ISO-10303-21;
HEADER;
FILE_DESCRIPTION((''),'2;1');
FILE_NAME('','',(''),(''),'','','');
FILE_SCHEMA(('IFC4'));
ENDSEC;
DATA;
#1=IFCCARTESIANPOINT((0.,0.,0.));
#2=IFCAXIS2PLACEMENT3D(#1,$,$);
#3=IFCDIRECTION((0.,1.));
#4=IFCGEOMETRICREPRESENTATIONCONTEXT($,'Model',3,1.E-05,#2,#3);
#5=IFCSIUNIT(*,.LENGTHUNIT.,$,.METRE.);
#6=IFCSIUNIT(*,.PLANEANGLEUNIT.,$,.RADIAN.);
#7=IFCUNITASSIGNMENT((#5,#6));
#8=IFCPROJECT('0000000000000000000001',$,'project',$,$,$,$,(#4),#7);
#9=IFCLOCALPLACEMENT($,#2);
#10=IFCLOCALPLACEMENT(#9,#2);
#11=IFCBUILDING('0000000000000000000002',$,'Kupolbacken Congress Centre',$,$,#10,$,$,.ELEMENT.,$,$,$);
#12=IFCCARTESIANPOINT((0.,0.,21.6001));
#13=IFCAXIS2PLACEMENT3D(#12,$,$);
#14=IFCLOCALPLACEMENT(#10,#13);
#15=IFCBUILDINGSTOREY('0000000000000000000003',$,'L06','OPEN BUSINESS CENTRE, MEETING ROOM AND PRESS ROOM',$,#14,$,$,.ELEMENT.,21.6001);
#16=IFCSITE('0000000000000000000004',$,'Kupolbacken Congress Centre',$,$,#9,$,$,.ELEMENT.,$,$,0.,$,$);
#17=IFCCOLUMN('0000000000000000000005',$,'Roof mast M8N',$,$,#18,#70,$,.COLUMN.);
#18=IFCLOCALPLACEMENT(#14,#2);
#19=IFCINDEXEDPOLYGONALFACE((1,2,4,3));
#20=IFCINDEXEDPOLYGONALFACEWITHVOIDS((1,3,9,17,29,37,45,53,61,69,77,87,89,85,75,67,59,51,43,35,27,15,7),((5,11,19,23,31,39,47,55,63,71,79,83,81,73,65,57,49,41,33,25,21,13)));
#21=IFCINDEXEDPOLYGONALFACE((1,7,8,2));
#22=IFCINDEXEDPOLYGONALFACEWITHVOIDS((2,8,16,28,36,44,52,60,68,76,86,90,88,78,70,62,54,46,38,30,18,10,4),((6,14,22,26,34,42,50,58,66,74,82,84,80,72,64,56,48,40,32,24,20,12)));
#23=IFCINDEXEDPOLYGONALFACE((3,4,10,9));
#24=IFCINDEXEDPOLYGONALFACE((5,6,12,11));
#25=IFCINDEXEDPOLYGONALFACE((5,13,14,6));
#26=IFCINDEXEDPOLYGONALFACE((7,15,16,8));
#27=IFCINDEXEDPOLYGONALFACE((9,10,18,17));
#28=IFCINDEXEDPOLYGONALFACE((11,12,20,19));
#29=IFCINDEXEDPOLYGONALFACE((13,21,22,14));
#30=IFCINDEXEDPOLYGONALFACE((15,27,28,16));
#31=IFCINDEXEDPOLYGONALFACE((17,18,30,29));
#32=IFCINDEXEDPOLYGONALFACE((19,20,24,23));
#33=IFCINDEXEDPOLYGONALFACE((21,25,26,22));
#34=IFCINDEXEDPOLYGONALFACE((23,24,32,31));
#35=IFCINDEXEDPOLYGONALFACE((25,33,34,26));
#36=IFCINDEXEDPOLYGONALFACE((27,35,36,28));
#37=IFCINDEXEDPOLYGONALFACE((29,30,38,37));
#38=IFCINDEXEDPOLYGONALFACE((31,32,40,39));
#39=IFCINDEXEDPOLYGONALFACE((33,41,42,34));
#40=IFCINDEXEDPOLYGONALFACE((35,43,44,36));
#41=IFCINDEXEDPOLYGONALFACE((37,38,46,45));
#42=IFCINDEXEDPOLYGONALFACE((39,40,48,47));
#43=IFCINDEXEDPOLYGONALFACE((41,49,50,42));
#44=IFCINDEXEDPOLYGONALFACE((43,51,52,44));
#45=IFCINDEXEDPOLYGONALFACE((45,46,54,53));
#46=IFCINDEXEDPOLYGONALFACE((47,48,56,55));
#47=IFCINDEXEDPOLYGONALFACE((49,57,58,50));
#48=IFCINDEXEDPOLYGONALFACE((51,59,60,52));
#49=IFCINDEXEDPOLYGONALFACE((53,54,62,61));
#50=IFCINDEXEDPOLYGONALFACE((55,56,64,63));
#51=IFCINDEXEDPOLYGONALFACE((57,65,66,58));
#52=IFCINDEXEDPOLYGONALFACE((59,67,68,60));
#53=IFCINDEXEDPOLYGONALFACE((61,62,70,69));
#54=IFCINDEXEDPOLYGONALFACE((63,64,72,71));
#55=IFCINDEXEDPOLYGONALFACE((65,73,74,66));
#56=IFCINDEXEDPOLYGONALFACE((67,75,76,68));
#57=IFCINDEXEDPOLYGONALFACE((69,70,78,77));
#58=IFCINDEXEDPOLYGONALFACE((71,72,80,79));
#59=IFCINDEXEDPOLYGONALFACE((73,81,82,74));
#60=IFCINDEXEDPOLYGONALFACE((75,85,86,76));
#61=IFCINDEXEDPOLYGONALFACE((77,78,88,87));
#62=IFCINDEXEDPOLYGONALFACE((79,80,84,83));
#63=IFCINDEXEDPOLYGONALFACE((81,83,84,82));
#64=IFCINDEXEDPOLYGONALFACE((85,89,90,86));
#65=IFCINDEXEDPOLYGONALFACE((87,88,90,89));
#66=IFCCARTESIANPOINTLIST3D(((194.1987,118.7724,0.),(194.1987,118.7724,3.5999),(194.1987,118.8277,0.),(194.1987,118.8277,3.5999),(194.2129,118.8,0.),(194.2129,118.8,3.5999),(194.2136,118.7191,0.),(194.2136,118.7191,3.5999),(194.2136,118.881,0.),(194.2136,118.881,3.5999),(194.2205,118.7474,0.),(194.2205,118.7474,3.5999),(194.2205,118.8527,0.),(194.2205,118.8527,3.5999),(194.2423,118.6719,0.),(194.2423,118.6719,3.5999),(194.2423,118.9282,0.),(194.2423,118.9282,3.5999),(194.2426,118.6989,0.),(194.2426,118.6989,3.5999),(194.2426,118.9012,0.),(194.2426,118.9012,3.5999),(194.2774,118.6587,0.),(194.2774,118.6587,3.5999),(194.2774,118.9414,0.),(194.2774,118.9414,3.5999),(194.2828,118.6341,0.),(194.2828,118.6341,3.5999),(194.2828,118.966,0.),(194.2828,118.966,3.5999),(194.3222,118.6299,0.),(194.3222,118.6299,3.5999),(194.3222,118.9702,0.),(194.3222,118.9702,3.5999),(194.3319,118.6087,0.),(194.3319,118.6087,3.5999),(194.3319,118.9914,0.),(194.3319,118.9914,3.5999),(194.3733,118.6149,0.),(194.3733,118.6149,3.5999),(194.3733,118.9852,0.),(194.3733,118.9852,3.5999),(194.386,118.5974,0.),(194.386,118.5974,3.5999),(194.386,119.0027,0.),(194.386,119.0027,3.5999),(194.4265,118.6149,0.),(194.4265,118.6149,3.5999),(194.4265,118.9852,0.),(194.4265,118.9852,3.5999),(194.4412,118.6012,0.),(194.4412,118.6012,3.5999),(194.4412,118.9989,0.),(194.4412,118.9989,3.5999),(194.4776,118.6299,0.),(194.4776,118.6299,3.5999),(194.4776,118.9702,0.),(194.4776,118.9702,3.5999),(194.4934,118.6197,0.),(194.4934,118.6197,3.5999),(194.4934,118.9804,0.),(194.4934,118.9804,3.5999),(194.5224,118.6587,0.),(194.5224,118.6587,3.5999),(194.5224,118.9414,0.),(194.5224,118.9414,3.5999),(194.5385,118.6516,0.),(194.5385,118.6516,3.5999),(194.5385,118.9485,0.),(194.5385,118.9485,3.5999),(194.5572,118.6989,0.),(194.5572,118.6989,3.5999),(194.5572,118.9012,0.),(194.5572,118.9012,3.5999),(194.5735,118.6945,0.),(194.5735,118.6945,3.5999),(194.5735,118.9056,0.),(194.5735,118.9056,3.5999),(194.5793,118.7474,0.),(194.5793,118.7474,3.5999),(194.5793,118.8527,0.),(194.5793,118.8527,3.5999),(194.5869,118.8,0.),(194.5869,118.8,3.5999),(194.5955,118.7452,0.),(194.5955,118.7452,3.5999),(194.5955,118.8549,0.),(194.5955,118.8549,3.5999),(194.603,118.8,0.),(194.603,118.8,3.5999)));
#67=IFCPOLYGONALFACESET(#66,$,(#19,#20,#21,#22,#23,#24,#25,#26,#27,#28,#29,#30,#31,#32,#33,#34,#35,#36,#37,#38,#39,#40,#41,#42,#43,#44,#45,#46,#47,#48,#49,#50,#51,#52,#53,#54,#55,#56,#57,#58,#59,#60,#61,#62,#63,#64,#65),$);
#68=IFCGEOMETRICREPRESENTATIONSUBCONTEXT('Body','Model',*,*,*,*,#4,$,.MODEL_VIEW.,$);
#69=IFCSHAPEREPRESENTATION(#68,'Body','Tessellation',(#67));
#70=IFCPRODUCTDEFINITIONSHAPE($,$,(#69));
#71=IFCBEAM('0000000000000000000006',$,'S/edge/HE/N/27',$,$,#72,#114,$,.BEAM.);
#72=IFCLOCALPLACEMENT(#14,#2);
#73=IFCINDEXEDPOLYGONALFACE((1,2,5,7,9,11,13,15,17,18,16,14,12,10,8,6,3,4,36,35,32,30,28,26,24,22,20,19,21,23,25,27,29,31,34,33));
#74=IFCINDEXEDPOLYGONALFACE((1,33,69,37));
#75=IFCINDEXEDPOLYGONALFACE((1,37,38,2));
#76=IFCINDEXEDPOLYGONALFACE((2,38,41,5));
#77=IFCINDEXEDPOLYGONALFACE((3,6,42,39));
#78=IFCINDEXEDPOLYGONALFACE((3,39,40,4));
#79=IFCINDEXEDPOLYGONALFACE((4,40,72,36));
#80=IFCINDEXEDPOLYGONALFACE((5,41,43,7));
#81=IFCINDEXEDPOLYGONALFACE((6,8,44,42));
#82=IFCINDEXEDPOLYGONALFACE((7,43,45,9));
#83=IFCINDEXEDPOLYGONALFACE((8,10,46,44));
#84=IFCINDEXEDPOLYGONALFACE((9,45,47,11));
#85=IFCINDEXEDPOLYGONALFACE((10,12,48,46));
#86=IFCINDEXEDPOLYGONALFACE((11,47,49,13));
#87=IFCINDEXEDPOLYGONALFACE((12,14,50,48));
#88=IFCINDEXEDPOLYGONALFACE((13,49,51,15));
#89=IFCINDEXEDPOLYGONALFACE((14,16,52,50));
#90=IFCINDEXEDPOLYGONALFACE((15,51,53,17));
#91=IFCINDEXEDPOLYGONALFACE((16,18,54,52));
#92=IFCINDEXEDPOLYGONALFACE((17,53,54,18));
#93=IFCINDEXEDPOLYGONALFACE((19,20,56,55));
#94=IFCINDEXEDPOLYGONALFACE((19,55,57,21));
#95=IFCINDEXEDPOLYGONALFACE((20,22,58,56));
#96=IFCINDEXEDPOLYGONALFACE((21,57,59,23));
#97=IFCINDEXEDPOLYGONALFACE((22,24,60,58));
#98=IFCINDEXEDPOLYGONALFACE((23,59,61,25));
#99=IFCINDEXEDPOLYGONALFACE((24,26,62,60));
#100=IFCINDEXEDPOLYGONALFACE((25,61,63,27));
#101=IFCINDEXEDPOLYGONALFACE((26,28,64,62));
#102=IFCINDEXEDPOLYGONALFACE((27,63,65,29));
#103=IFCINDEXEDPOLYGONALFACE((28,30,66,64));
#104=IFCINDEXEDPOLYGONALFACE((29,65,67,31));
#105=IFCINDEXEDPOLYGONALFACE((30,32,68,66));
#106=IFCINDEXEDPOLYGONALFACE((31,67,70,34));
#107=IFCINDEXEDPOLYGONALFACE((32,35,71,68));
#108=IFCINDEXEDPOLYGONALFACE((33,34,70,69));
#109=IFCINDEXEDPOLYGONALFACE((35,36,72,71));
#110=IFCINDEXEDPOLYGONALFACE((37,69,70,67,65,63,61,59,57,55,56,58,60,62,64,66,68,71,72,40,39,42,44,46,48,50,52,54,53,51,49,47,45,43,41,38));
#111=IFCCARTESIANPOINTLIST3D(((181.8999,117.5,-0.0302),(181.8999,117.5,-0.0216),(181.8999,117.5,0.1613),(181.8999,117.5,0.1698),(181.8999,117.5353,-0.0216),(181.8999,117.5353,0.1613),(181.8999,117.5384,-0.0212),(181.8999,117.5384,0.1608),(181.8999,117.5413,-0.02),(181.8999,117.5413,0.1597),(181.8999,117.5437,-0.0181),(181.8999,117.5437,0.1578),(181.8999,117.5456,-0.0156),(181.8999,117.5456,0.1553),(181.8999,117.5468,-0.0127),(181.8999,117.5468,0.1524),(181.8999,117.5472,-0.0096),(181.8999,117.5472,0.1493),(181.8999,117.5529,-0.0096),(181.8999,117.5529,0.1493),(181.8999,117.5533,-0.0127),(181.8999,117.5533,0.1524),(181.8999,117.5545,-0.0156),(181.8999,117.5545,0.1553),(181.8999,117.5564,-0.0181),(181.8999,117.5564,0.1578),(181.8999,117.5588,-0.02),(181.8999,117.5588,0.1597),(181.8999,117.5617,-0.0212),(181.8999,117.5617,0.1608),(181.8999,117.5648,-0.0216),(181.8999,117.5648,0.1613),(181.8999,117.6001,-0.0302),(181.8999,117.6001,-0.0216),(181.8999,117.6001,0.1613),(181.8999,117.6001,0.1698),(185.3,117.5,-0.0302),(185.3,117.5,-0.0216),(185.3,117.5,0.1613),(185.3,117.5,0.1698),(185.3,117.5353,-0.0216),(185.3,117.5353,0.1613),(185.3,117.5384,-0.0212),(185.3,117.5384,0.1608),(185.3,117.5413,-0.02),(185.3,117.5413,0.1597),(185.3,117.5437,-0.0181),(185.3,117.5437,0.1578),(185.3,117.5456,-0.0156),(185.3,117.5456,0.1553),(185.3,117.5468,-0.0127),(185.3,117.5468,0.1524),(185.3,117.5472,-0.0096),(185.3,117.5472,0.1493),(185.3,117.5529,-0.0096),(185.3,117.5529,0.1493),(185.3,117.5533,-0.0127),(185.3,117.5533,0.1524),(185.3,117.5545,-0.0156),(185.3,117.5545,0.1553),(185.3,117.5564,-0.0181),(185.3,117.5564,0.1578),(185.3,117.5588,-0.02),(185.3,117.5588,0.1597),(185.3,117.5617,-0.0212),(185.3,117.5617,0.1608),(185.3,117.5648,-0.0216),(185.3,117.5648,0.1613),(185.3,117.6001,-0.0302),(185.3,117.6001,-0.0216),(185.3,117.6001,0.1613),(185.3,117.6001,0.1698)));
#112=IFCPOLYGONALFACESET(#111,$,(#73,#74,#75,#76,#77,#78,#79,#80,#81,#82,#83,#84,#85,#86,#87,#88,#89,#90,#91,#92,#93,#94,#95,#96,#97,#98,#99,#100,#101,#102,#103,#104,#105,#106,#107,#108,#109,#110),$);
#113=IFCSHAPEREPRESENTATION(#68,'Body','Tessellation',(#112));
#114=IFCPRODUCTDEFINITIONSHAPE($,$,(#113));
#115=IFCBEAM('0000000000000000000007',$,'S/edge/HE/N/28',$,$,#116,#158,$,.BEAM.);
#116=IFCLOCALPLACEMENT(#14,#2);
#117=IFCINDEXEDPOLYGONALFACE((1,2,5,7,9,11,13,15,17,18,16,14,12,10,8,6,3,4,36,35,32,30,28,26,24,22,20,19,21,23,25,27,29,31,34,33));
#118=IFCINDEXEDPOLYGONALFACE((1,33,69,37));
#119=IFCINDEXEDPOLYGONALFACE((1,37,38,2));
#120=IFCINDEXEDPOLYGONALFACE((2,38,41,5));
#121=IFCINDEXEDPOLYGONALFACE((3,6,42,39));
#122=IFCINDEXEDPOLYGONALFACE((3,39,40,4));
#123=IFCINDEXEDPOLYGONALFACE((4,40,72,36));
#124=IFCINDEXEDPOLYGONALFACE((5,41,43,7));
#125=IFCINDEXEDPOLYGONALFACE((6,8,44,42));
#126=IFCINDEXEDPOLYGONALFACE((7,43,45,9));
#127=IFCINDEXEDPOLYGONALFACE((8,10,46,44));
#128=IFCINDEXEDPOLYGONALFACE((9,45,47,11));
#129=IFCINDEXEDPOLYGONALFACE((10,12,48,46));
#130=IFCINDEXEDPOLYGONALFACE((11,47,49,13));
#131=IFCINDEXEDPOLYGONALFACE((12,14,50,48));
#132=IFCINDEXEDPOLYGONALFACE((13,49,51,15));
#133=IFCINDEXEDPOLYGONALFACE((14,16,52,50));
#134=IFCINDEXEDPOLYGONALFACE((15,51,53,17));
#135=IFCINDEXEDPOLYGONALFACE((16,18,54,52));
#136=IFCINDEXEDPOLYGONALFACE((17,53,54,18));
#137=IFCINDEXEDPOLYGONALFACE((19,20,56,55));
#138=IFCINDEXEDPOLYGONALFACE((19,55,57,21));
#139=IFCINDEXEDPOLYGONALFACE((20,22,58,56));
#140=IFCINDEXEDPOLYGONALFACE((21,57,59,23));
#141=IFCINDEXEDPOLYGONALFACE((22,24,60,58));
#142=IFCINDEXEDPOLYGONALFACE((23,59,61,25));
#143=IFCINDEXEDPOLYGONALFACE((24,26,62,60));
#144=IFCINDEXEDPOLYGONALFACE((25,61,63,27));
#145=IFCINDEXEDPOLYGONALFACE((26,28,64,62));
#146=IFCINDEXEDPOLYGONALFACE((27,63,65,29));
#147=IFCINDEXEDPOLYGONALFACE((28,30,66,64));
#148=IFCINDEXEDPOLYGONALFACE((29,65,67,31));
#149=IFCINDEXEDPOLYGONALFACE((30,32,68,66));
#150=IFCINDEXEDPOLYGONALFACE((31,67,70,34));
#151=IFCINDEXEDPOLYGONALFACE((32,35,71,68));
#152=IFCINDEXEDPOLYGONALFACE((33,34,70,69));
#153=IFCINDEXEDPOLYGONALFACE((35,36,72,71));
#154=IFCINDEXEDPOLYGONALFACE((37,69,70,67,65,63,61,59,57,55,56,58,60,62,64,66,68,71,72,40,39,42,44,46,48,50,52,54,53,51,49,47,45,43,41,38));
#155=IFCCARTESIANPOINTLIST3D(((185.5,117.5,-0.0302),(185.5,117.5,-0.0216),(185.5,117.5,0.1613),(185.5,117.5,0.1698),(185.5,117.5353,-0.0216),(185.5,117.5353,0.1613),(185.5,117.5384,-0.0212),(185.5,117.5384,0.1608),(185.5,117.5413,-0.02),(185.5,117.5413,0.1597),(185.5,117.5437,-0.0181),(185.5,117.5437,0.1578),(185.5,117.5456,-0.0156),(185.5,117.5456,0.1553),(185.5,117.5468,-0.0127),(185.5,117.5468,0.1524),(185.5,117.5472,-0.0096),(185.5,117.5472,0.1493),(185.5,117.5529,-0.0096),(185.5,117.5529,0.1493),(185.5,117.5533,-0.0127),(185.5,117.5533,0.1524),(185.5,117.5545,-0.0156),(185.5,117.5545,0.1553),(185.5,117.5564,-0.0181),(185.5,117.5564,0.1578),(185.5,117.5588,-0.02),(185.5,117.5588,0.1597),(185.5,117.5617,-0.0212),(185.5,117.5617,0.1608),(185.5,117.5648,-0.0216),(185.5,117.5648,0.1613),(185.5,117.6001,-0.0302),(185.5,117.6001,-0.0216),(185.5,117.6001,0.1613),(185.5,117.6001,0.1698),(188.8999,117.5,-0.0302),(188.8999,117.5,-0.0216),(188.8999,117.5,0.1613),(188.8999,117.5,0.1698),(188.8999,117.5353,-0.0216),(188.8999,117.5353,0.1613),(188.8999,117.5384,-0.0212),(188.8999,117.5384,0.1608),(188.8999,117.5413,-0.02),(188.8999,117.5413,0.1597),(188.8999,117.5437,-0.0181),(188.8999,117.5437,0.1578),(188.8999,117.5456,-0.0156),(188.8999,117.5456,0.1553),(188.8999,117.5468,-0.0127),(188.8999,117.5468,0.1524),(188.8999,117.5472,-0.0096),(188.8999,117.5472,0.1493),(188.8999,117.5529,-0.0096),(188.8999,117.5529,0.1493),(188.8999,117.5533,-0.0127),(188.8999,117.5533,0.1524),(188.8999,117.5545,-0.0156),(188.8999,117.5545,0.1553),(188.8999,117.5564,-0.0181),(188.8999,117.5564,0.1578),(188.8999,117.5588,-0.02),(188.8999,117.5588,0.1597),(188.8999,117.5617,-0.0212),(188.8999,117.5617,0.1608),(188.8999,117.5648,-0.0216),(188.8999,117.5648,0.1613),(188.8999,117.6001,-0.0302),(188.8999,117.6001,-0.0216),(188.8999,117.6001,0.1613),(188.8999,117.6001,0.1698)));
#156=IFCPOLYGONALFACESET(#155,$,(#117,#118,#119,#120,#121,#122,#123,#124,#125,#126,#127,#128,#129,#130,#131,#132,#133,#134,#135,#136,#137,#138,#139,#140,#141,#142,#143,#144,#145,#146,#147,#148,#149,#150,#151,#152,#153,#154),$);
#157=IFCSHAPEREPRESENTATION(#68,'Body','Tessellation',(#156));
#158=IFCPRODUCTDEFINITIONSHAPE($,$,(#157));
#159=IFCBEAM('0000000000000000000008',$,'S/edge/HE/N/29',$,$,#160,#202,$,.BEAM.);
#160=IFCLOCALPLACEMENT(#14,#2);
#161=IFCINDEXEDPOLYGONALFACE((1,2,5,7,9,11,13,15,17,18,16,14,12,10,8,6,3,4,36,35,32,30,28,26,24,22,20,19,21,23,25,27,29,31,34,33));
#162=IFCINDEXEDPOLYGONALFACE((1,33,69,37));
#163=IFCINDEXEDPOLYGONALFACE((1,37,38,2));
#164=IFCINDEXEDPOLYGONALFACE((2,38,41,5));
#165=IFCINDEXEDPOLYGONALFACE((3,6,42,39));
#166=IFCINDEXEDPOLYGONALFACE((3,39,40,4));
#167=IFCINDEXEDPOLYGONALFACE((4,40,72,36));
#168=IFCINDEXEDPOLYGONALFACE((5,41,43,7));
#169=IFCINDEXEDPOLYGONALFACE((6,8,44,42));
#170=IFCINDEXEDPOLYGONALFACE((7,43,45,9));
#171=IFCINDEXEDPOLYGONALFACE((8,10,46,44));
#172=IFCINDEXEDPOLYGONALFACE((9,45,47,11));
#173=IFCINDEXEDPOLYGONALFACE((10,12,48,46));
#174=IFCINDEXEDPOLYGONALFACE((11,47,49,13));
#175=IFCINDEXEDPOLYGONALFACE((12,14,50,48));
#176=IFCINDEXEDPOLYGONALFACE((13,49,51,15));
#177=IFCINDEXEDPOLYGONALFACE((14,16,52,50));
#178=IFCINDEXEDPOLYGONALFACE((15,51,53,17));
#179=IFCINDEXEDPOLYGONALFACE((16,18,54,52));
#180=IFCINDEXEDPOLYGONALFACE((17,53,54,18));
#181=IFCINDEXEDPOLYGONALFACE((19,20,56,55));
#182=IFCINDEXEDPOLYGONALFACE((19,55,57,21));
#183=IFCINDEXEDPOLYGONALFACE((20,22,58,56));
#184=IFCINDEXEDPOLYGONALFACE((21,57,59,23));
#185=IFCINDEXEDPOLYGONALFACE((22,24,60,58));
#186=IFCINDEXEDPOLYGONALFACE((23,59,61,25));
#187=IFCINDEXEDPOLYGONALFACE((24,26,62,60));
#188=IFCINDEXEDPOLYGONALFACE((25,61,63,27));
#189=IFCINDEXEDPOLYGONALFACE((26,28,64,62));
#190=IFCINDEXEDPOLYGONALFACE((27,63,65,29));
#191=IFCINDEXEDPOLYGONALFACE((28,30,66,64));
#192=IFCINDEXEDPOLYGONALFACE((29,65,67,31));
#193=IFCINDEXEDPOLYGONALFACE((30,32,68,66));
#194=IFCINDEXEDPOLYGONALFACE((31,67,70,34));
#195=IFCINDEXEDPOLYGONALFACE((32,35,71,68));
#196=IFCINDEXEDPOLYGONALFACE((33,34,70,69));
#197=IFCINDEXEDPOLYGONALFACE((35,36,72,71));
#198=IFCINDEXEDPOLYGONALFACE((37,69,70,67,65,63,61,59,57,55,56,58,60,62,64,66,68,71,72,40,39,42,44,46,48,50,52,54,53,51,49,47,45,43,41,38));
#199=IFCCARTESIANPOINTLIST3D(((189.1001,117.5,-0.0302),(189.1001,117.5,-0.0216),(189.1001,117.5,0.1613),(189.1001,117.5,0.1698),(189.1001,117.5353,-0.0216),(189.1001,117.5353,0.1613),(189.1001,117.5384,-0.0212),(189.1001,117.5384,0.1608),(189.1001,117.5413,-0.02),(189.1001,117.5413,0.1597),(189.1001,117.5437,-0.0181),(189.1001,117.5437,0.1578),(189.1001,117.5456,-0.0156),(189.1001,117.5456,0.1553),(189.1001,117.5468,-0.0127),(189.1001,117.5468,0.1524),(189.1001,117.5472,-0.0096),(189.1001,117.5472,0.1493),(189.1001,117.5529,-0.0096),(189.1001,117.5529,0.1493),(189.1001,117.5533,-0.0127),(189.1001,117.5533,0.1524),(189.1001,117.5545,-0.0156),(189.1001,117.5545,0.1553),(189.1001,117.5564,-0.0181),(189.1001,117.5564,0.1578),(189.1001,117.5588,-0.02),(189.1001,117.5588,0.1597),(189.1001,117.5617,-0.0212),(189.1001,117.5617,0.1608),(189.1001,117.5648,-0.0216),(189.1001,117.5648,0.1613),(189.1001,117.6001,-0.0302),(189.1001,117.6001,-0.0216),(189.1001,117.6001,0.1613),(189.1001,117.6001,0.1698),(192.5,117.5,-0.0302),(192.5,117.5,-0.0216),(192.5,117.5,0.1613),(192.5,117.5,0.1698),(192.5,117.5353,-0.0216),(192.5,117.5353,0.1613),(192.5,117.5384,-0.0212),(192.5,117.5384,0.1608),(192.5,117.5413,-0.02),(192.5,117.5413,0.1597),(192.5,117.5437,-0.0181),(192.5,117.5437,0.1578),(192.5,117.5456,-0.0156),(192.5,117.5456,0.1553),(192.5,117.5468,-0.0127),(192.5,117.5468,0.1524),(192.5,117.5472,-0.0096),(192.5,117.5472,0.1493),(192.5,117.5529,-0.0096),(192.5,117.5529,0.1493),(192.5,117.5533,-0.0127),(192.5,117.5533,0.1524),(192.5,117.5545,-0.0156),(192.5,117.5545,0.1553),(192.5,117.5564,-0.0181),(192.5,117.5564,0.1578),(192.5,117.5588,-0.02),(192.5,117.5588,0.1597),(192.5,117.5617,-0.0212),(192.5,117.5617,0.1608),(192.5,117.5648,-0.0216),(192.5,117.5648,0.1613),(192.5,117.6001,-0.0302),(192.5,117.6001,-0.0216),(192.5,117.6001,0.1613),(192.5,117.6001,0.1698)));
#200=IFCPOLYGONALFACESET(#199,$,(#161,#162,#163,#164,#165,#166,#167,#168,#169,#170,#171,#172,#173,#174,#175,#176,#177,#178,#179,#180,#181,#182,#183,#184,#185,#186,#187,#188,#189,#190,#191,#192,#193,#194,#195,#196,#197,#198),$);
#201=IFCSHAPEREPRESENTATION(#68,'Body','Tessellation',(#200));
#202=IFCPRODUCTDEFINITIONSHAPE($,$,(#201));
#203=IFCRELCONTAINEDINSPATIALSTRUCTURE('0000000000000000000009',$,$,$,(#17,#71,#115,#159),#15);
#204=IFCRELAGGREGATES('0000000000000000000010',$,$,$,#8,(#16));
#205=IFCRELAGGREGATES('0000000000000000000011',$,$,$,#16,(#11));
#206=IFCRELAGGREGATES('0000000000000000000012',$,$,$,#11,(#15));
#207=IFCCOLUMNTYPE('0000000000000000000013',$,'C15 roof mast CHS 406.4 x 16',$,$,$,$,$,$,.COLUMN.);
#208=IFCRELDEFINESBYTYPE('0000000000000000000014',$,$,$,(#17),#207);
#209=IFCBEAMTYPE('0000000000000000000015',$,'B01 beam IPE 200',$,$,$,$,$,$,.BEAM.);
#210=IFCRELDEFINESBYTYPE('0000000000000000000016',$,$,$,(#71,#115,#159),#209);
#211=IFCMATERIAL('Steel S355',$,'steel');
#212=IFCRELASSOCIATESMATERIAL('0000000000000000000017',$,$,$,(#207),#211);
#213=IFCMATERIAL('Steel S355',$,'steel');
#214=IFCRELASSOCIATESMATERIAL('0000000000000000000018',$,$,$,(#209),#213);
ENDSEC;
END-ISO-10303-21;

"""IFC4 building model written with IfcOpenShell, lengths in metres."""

from ifc_helpers import new_model, si_unit, direction, frame, origin, origin_2d, place, context, subcontext, project, spatial, hollow_circle, i_section, extrude, material, material_profile, profile_set, type_object, element, save


model = new_model("IFC4")

# Units and contexts
model_context = context("Model", 3, precision=1e-05, world=origin(), true_north=direction((0.0, 1.0)))
body_context = subcontext(model_context, "Body", "Model", "MODEL_VIEW")
ifc_project = project(units=[si_unit("LENGTHUNIT", "METRE"), si_unit("PLANEANGLEUNIT", "RADIAN")], contexts=[model_context])

# Site, building, storey
site_placement = place(None, origin())
site = spatial("IfcSite", under=ifc_project, at=site_placement, Name="Kupolbacken Congress Centre", CompositionType="ELEMENT", RefElevation=0.0)
building_placement = place(site_placement, origin())
building = spatial("IfcBuilding", under=site, at=building_placement, Name="Kupolbacken Congress Centre", CompositionType="ELEMENT")
storey_placement = place(building_placement, frame((0.0, 0.0, 21.6001)))
storey = spatial("IfcBuildingStorey", under=building, at=storey_placement, Name="L06", Description="OPEN BUSINESS CENTRE, MEETING ROOM AND PRESS ROOM", CompositionType="ELEMENT", Elevation=21.6001)

# Column
ifc_material_1 = material(Name="Steel S355", Category="steel")
ifc_material_profile_1 = material_profile(ifc_material_1, hollow_circle(Radius=0.2031, WallThickness=0.0161, at=origin_2d()), Name="CHS 406.4 x 16")
ifc_profile_set_1 = profile_set([ifc_material_profile_1], Name="Steel S355")
column_type = type_object("IfcColumnType", Name="C15 roof mast CHS 406.4 x 16", PredefinedType="COLUMN", material=ifc_profile_set_1)
column_placement = place(storey_placement, frame((194.3999, 118.8, 0.0), z_axis=(0.0, 0.0, 1.0), x_axis=(1.0, 0.0, 0.0)))
element("IfcColumn", 1, at=column_placement, inside=storey, type_object=column_type, Name="Roof mast M8N", PredefinedType="COLUMN", context=body_context, shape_type="SweptSolid", body=[
    extrude(hollow_circle(Radius=0.2031, WallThickness=0.0161, at=origin_2d()), origin(), (0.0, 0.0, 1.0), 3.5999),
])

# Beams
ifc_material_2 = material(Name="Steel S355", Category="steel")
ifc_material_profile_2 = material_profile(ifc_material_2, i_section(OverallWidth=0.1001, OverallDepth=0.2, WebThickness=0.0056, FlangeThickness=0.0085, FilletRadius=0.012, at=origin_2d()), Name="IPE 200")
ifc_profile_set_2 = profile_set([ifc_material_profile_2], Name="Steel S355")
beam_type_1 = type_object("IfcBeamType", Name="B01 beam IPE 200", PredefinedType="BEAM", material=ifc_profile_set_2)
beam_1_placement = place(storey_placement, frame((181.8999, 117.55, 0.0698), z_axis=(1.0, 0.0, 0.0), x_axis=(0.0, 1.0, 0.0)))
element("IfcBeam", 2, at=beam_1_placement, inside=storey, type_object=beam_type_1, Name="S/edge/HE/N/27", PredefinedType="BEAM", context=body_context, shape_type="SweptSolid", body=[
    extrude(i_section(OverallWidth=0.1001, OverallDepth=0.2, WebThickness=0.0056, FlangeThickness=0.0085, FilletRadius=0.012, at=origin_2d()), origin(), (0.0, 0.0, 1.0), 3.4001),
])
for number, where, z_axis, x_axis, name in (
    (3, (185.5, 117.55, 0.0698), (1.0, 0.0, 0.0), (0.0, 1.0, 0.0), "S/edge/HE/N/28"),
    (4, (189.1001, 117.55, 0.0698), (1.0, 0.0, 0.0), (0.0, 1.0, 0.0), "S/edge/HE/N/29"),
):
    element("IfcBeam", number, at=place(storey_placement, frame(where, z_axis=z_axis, x_axis=x_axis)), inside=storey, type_object=beam_type_1, Name=name, PredefinedType="BEAM", context=body_context, shape_type="SweptSolid", body=[
        extrude(i_section(OverallWidth=0.1001, OverallDepth=0.2, WebThickness=0.0056, FlangeThickness=0.0085, FilletRadius=0.012, at=origin_2d()), origin(), (0.0, 0.0, 1.0), 3.3999),
    ])

save(model, "model.ifc")
